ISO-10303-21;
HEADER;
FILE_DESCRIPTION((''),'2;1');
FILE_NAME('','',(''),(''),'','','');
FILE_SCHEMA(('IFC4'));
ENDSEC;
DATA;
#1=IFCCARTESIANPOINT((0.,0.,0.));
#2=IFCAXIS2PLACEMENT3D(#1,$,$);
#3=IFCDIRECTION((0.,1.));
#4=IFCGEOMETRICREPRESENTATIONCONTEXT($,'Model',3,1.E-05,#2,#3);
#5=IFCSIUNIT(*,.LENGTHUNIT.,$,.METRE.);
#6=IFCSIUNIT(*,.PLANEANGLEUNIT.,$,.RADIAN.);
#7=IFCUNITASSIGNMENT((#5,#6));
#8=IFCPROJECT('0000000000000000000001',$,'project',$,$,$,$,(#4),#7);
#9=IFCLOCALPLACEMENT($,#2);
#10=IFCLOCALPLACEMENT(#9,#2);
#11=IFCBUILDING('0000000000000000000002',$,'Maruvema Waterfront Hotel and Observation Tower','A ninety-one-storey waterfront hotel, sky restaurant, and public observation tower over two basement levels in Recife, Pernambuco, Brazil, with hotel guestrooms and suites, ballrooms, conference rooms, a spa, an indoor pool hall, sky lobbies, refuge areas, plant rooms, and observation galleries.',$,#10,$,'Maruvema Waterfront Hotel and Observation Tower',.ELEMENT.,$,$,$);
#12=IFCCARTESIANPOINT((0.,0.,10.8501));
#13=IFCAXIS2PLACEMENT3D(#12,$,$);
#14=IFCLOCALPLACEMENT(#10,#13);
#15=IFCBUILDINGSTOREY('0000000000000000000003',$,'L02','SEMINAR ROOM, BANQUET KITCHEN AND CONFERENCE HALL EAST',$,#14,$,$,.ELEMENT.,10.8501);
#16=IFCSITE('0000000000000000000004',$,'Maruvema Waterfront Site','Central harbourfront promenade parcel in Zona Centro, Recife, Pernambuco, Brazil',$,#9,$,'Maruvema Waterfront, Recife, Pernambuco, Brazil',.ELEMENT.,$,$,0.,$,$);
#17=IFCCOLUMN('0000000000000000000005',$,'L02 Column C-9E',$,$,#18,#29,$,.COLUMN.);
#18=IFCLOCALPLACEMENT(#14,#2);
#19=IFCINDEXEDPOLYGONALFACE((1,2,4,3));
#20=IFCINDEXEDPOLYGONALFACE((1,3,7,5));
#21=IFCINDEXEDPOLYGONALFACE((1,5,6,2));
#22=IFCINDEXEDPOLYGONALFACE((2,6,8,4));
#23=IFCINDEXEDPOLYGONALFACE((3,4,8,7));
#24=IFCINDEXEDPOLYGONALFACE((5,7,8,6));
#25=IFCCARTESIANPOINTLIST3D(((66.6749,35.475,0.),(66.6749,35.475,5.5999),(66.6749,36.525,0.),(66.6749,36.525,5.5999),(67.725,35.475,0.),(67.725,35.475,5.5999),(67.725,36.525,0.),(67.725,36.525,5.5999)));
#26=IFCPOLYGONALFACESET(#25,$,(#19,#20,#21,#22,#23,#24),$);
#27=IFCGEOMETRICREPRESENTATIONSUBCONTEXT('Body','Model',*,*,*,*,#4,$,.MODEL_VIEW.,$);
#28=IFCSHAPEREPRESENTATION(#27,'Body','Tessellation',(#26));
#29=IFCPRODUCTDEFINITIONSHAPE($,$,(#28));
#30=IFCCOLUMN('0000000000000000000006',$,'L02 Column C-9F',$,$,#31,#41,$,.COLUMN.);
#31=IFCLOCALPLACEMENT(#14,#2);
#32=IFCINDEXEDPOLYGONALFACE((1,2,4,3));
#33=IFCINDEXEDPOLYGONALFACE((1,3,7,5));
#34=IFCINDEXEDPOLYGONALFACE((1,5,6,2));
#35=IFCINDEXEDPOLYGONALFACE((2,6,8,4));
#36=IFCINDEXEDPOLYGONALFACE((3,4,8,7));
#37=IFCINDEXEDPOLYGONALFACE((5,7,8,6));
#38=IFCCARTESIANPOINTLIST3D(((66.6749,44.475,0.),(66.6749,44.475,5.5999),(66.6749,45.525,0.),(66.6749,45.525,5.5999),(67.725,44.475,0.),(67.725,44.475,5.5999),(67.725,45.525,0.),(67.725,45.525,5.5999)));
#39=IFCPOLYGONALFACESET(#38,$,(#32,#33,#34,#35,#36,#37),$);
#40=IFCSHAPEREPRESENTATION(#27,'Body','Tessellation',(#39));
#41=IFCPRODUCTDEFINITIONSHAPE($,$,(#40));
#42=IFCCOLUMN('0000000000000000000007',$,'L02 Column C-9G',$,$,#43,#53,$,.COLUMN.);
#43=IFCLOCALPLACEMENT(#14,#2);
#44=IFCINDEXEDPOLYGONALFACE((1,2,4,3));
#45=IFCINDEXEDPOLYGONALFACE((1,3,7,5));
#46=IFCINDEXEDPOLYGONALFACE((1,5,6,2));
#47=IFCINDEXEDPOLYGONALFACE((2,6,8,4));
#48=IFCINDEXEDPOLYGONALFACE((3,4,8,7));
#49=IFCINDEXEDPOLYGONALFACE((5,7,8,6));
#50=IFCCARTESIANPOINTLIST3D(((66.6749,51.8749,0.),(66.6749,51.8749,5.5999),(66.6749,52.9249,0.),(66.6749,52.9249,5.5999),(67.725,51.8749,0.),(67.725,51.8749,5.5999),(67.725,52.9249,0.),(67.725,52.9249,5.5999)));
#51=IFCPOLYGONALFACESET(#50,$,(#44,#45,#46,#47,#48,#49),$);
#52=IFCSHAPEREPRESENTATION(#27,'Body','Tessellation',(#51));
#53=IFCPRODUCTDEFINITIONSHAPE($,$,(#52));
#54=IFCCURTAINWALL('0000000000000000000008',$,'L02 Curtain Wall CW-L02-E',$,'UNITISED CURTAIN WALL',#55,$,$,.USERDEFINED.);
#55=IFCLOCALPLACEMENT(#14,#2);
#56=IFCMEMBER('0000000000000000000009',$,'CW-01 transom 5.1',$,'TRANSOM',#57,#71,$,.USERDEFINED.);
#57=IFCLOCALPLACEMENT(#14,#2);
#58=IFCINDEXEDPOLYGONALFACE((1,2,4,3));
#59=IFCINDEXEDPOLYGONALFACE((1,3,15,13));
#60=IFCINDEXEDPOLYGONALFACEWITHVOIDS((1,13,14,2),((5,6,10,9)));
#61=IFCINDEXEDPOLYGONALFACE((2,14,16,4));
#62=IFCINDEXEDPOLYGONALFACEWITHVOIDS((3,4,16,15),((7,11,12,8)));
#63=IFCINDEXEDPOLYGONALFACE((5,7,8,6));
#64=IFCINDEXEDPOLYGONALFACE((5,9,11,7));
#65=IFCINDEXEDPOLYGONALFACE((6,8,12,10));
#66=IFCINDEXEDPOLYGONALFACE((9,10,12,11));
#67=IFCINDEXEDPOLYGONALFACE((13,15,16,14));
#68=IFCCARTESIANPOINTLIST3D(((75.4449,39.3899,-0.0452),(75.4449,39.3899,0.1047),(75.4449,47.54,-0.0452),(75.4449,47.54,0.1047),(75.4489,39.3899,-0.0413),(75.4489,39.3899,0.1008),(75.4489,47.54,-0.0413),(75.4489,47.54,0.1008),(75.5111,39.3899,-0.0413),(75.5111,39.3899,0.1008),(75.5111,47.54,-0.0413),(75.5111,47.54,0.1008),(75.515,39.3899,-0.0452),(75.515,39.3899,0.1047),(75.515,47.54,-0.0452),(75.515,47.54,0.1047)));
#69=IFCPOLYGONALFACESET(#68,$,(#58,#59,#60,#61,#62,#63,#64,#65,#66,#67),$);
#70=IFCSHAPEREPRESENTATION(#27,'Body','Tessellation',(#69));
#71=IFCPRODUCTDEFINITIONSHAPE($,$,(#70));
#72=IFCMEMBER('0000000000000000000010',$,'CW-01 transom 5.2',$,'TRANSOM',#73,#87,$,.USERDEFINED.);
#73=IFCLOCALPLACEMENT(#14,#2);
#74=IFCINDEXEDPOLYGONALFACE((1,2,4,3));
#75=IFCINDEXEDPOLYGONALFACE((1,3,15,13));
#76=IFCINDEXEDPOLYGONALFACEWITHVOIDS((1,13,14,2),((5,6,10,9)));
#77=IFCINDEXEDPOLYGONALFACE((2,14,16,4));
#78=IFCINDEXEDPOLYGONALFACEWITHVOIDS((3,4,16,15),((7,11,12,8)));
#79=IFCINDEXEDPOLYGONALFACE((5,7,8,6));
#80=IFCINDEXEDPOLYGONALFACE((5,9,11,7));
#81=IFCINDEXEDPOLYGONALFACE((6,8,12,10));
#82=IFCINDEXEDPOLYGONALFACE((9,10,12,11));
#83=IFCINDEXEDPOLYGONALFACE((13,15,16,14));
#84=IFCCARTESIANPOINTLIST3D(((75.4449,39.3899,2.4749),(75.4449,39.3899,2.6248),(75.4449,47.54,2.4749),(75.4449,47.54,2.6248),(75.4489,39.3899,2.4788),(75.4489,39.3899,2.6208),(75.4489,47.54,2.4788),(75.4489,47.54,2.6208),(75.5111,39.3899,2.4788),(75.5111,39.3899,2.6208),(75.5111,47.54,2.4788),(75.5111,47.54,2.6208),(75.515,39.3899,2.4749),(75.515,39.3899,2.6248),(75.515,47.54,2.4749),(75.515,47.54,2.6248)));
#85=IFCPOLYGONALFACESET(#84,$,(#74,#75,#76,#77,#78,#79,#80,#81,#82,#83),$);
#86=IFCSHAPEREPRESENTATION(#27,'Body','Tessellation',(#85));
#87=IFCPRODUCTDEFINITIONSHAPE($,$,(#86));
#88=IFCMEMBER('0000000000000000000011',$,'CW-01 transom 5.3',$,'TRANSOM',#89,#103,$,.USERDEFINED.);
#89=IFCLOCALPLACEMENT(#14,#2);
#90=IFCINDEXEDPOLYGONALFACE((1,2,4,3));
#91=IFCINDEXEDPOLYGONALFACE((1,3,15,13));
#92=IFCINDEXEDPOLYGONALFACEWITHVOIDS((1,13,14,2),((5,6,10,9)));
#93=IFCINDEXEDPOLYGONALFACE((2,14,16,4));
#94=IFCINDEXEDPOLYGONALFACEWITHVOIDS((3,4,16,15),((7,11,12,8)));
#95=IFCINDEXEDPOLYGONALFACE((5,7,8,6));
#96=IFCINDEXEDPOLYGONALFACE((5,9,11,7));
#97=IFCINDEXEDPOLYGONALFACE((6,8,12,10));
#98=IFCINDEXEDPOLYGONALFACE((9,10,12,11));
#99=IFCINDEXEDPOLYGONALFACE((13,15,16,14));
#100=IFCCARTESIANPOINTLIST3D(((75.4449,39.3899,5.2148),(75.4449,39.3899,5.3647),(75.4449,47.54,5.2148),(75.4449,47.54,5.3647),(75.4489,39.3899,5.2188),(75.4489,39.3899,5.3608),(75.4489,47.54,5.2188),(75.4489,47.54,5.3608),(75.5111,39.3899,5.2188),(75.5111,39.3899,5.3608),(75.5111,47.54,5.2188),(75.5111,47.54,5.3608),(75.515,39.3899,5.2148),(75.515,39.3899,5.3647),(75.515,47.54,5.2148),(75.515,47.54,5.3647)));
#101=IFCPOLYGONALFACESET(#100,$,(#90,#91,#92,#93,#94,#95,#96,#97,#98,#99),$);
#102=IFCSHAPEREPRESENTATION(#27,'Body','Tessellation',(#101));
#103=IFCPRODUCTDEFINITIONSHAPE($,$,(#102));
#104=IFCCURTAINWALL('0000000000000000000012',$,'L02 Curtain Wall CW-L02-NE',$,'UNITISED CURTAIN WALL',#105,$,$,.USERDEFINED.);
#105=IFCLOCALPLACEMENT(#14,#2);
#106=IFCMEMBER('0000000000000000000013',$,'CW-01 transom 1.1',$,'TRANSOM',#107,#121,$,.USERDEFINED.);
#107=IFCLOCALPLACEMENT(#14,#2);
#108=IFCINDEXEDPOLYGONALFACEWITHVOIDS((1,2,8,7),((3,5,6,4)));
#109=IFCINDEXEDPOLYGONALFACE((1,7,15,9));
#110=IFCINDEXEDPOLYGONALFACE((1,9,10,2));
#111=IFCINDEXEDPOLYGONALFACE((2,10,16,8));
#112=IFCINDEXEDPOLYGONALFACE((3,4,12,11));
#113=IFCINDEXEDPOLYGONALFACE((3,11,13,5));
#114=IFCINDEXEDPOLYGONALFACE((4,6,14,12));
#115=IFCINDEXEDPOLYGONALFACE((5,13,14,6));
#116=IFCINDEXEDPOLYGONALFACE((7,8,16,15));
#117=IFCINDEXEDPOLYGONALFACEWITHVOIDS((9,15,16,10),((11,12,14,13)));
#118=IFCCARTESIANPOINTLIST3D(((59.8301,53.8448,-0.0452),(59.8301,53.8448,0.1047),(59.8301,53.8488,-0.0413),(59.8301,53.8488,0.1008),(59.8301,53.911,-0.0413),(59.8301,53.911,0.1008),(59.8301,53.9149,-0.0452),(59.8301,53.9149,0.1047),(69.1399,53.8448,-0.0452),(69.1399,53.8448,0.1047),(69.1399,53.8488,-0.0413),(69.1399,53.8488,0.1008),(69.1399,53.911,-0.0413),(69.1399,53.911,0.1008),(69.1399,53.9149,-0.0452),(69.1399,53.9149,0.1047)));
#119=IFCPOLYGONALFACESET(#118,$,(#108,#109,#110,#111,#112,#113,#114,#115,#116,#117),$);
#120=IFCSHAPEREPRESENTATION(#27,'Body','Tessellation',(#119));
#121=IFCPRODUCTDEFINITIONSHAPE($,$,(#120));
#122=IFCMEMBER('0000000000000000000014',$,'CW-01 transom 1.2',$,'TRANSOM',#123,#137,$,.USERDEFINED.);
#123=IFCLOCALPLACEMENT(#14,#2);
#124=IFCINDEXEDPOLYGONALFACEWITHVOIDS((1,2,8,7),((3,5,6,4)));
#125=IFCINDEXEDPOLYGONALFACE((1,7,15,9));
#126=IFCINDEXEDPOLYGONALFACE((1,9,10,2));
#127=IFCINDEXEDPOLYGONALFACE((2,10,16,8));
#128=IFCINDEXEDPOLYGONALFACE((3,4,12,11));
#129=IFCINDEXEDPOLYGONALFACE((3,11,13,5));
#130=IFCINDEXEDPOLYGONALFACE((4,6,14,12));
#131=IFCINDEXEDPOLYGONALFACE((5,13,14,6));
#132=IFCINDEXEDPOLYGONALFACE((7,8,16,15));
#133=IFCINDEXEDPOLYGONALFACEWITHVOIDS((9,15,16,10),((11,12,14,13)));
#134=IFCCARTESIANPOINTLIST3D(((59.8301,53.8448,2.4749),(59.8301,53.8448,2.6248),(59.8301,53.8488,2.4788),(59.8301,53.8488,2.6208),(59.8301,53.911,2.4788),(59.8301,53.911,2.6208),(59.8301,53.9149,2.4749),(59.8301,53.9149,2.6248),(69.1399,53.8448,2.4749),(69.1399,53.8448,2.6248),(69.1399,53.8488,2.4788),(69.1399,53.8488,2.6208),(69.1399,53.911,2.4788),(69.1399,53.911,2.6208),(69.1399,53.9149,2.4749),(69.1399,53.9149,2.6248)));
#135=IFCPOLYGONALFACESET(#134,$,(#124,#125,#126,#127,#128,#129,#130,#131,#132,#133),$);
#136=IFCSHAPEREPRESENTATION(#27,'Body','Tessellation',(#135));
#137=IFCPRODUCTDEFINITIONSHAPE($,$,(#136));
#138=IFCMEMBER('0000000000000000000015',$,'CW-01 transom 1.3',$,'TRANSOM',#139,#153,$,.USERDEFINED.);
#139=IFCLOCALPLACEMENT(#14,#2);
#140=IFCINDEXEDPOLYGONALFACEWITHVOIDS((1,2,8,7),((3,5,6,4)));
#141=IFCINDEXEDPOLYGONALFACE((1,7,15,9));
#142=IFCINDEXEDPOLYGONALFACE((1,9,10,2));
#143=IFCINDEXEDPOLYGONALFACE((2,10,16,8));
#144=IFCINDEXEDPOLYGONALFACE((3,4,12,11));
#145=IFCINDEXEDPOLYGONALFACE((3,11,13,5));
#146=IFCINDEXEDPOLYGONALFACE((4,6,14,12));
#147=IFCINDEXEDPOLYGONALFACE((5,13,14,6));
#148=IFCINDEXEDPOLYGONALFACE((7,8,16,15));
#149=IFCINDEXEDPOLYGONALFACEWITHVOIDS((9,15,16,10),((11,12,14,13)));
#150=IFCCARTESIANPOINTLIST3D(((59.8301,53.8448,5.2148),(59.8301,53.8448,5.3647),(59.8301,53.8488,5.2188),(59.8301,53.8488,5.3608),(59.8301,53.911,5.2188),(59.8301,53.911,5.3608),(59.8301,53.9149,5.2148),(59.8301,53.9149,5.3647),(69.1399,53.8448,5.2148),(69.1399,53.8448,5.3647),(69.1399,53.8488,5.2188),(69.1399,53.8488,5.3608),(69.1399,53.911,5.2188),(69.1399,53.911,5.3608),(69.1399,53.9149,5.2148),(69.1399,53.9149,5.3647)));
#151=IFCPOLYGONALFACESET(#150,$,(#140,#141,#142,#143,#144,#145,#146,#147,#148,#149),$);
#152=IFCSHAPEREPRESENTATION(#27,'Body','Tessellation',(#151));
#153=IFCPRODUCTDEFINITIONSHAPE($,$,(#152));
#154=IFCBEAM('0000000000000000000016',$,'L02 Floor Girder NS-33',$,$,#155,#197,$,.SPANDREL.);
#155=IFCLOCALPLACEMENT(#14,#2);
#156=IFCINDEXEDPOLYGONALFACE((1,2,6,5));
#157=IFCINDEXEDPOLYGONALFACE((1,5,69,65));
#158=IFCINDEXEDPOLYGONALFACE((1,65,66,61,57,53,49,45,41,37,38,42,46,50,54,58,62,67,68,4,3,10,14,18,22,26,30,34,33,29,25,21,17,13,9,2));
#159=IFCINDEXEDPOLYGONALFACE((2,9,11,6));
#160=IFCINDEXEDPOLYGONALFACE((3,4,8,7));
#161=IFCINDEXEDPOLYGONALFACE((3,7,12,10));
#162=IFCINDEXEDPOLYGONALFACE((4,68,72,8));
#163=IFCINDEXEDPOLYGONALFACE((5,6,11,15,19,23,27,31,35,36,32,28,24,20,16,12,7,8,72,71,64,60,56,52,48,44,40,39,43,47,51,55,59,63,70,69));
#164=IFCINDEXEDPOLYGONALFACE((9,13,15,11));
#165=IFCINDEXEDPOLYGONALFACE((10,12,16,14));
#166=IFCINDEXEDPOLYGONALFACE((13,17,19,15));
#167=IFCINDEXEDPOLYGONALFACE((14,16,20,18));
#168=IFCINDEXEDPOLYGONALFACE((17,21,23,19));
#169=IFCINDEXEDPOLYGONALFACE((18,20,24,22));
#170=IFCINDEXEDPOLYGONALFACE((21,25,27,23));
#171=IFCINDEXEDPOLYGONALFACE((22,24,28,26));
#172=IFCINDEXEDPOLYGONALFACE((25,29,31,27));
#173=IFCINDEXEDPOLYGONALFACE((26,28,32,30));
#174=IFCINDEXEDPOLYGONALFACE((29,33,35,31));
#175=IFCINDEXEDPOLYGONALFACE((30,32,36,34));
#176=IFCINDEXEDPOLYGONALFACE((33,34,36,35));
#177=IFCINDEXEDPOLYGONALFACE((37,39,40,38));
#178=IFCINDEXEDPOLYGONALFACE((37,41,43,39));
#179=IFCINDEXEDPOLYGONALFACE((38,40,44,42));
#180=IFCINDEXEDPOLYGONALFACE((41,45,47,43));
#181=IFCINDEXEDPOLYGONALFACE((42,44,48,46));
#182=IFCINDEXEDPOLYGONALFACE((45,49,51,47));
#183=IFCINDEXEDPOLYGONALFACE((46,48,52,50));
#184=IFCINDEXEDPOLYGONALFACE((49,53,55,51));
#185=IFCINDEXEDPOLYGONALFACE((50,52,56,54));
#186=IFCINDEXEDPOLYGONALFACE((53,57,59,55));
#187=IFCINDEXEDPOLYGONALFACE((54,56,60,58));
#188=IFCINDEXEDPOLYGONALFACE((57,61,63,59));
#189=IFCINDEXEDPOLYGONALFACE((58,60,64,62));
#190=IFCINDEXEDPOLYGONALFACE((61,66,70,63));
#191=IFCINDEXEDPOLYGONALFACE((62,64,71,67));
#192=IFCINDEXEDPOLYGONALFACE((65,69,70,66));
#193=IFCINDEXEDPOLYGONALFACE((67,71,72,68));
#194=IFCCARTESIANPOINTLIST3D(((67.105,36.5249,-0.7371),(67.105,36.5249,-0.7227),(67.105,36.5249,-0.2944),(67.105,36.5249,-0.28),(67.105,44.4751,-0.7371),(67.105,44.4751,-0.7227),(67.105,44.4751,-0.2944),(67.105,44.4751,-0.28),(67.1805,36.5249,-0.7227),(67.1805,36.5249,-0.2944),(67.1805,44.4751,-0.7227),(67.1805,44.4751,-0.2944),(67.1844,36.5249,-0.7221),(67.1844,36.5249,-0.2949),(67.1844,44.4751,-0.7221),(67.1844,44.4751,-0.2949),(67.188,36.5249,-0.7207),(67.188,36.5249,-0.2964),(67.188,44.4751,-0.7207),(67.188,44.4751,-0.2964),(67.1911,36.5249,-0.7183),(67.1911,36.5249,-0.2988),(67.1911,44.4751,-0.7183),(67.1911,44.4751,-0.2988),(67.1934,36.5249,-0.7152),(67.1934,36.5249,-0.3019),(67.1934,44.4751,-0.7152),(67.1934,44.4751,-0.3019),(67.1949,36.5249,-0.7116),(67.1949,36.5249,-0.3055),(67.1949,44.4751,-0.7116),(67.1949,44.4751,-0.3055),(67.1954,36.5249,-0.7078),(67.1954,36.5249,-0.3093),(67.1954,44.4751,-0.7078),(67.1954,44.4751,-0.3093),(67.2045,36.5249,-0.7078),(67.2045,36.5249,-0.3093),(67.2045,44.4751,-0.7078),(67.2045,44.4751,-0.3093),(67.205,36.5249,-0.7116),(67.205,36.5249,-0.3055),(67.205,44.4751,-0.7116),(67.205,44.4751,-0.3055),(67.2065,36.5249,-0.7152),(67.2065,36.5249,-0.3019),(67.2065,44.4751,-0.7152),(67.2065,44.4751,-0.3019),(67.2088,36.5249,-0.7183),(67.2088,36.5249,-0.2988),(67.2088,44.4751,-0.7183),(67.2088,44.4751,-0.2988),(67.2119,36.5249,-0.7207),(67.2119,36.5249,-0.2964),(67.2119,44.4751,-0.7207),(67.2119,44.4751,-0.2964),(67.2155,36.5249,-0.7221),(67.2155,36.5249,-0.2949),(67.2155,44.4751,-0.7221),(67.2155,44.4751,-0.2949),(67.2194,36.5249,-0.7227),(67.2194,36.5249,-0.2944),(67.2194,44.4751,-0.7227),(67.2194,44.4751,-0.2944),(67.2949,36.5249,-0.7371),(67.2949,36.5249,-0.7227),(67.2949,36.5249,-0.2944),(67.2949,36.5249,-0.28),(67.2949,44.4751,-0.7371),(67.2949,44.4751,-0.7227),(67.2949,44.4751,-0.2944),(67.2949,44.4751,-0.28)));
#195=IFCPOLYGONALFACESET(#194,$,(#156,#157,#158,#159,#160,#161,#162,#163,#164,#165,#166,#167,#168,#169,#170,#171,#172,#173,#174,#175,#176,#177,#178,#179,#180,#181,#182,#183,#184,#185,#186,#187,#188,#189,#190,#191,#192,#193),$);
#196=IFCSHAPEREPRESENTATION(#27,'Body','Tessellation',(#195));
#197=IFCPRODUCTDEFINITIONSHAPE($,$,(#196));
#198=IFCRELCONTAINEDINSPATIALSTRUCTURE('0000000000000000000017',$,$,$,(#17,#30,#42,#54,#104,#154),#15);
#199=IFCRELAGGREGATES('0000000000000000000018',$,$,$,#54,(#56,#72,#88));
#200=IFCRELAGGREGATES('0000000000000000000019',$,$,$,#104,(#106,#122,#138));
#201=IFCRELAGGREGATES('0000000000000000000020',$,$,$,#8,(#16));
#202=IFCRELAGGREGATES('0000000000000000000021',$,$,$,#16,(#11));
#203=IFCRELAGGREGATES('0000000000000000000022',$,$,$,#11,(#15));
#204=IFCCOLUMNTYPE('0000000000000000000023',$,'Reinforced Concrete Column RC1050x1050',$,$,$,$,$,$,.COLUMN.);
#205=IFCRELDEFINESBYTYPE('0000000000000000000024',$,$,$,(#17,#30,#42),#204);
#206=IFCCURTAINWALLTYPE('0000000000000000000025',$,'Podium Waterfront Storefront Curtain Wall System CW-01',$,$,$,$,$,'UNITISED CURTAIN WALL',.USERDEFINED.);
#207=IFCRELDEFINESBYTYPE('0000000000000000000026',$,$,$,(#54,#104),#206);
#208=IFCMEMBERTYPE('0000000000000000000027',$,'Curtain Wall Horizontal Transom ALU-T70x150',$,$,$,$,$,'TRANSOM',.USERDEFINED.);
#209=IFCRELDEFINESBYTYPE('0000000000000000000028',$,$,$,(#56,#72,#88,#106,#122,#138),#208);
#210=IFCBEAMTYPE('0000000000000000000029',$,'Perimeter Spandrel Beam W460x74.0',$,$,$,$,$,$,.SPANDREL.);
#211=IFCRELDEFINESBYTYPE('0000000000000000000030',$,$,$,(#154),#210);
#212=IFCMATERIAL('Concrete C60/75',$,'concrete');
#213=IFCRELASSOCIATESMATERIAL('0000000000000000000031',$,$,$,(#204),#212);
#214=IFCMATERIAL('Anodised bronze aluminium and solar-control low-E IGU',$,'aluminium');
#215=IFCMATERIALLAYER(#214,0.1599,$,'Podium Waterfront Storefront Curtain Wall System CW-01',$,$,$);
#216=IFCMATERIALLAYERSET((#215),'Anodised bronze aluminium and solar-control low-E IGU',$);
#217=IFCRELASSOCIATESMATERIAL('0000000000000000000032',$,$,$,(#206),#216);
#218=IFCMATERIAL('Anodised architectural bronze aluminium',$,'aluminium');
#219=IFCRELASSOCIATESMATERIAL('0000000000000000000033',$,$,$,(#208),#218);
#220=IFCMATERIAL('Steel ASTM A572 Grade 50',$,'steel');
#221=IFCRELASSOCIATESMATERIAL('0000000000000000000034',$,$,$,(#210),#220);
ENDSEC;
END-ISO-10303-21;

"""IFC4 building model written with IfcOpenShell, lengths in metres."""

from ifc_helpers import new_model, si_unit, direction, frame, origin, origin_2d, place, context, subcontext, project, spatial, rectangle, hollow_rectangle, i_section, extrude, material, layer, layer_set, material_profile, profile_set, type_object, element, aggregate, save


model = new_model("IFC4")

# Units and contexts
model_context = context("Model", 3, precision=1e-05, world=origin(), true_north=direction((0.0, 1.0)))
body_context = subcontext(model_context, "Body", "Model", "MODEL_VIEW")
ifc_project = project(units=[si_unit("LENGTHUNIT", "METRE"), si_unit("PLANEANGLEUNIT", "RADIAN")], contexts=[model_context])

# Site, building, storey
site_placement = place(None, origin())
site = spatial("IfcSite", under=ifc_project, at=site_placement, Name="Maruvema Waterfront Site", Description="Central harbourfront promenade parcel in Zona Centro, Recife, Pernambuco, Brazil", LongName="Maruvema Waterfront, Recife, Pernambuco, Brazil", CompositionType="ELEMENT", RefElevation=0.0)
building_placement = place(site_placement, origin())
building = spatial("IfcBuilding", under=site, at=building_placement, Name="Maruvema Waterfront Hotel and Observation Tower", Description="A ninety-one-storey waterfront hotel, sky restaurant, and public observation tower over two basement levels in Recife, Pernambuco, Brazil, with hotel guestrooms and suites, ballrooms, conference rooms, a spa, an indoor pool hall, sky lobbies, refuge areas, plant rooms, and observation galleries.", LongName="Maruvema Waterfront Hotel and Observation Tower", CompositionType="ELEMENT")
storey_placement = place(building_placement, frame((0.0, 0.0, 10.8501)))
storey = spatial("IfcBuildingStorey", under=building, at=storey_placement, Name="L02", Description="SEMINAR ROOM, BANQUET KITCHEN AND CONFERENCE HALL EAST", CompositionType="ELEMENT", Elevation=10.8501)

# Columns
ifc_material_1 = material(Name="Concrete C60/75", Category="concrete")
ifc_material_profile_1 = material_profile(ifc_material_1, rectangle(XDim=1.05, YDim=1.05, at=origin_2d()), Name="RC1050x1050")
ifc_profile_set_1 = profile_set([ifc_material_profile_1], Name="Concrete C60/75")
column_type = type_object("IfcColumnType", Name="Reinforced Concrete Column RC1050x1050", PredefinedType="COLUMN", material=ifc_profile_set_1)
for number, where, z_axis, x_axis, name in (
    (1, (67.2, 36.0, 0.0), (0.0, 0.0, 1.0), (1.0, 0.0, 0.0), "L02 Column C-9E"),
    (2, (67.2, 45.0, 0.0), (0.0, 0.0, 1.0), (1.0, 0.0, 0.0), "L02 Column C-9F"),
    (3, (67.2, 52.3999, 0.0), (0.0, 0.0, 1.0), (1.0, 0.0, 0.0), "L02 Column C-9G"),
):
    element("IfcColumn", number, at=place(storey_placement, frame(where, z_axis=z_axis, x_axis=x_axis)), inside=storey, type_object=column_type, Name=name, PredefinedType="COLUMN", context=body_context, shape_type="SweptSolid", body=[
        extrude(rectangle(XDim=1.05, YDim=1.05, at=origin_2d()), origin(), (0.0, 0.0, 1.0), 5.5999),
    ])

# Curtain walls, members
ifc_material_2 = material(Name="Anodised bronze aluminium and solar-control low-E IGU", Category="aluminium")
ifc_layer_1 = layer(ifc_material_2, 0.1599, Name="Podium Waterfront Storefront Curtain Wall System CW-01")
ifc_layer_set_1 = layer_set([ifc_layer_1], Name="Anodised bronze aluminium and solar-control low-E IGU")
curtain_wall_type = type_object("IfcCurtainWallType", Name="Podium Waterfront Storefront Curtain Wall System CW-01", ElementType="UNITISED CURTAIN WALL", PredefinedType="USERDEFINED", material=ifc_layer_set_1)
curtain_wall_1_placement = place(storey_placement, origin())
curtain_wall_1 = element("IfcCurtainWall", 4, at=curtain_wall_1_placement, inside=storey, type_object=curtain_wall_type, Name="L02 Curtain Wall CW-L02-E", ObjectType="UNITISED CURTAIN WALL", PredefinedType="USERDEFINED")
ifc_material_3 = material(Name="Anodised architectural bronze aluminium", Category="aluminium")
ifc_material_profile_2 = material_profile(ifc_material_3, hollow_rectangle(XDim=0.0701, YDim=0.1499, WallThickness=0.0039, at=origin_2d()), Name="ALU-T70x150")
ifc_profile_set_2 = profile_set([ifc_material_profile_2], Name="Anodised architectural bronze aluminium")
member_type_1 = type_object("IfcMemberType", Name="Curtain Wall Horizontal Transom ALU-T70x150", ElementType="TRANSOM", PredefinedType="USERDEFINED", material=ifc_profile_set_2)
member_1_placement = place(storey_placement, frame((75.48, 39.3899, 0.0298), z_axis=(0.0, 1.0, 0.0), x_axis=(-1.0, 0.0, 0.0)))
member_1 = element("IfcMember", 5, at=member_1_placement, type_object=member_type_1, Name="CW-01 transom 5.1", ObjectType="TRANSOM", PredefinedType="USERDEFINED", context=body_context, shape_type="SweptSolid", body=[
    extrude(hollow_rectangle(XDim=0.0701, YDim=0.1499, WallThickness=0.0039, at=origin_2d()), origin(), (0.0, 0.0, 1.0), 8.1501),
])
member_2_placement = place(storey_placement, frame((75.48, 39.3899, 2.5498), z_axis=(0.0, 1.0, 0.0), x_axis=(-1.0, 0.0, 0.0)))
member_2 = element("IfcMember", 6, at=member_2_placement, type_object=member_type_1, Name="CW-01 transom 5.2", ObjectType="TRANSOM", PredefinedType="USERDEFINED", context=body_context, shape_type="SweptSolid", body=[
    extrude(hollow_rectangle(XDim=0.0701, YDim=0.1499, WallThickness=0.0039, at=origin_2d()), origin(), (0.0, 0.0, 1.0), 8.1501),
])
member_3_placement = place(storey_placement, frame((75.48, 39.3899, 5.2898), z_axis=(0.0, 1.0, 0.0), x_axis=(-1.0, 0.0, 0.0)))
member_3 = element("IfcMember", 7, at=member_3_placement, type_object=member_type_1, Name="CW-01 transom 5.3", ObjectType="TRANSOM", PredefinedType="USERDEFINED", context=body_context, shape_type="SweptSolid", body=[
    extrude(hollow_rectangle(XDim=0.0701, YDim=0.1499, WallThickness=0.0039, at=origin_2d()), origin(), (0.0, 0.0, 1.0), 8.1501),
])
curtain_wall_2_placement = place(storey_placement, origin())
curtain_wall_2 = element("IfcCurtainWall", 8, at=curtain_wall_2_placement, inside=storey, type_object=curtain_wall_type, Name="L02 Curtain Wall CW-L02-NE", ObjectType="UNITISED CURTAIN WALL", PredefinedType="USERDEFINED")
member_4_placement = place(storey_placement, frame((69.1399, 53.8799, 0.0298), z_axis=(-1.0, 0.0, 0.0), x_axis=(0.0, -1.0, 0.0)))
member_4 = element("IfcMember", 9, at=member_4_placement, type_object=member_type_1, Name="CW-01 transom 1.1", ObjectType="TRANSOM", PredefinedType="USERDEFINED", context=body_context, shape_type="SweptSolid", body=[
    extrude(hollow_rectangle(XDim=0.0701, YDim=0.1499, WallThickness=0.0039, at=origin_2d()), origin(), (0.0, 0.0, 1.0), 9.3098),
])
member_5_placement = place(storey_placement, frame((69.1399, 53.8799, 2.5498), z_axis=(-1.0, 0.0, 0.0), x_axis=(0.0, -1.0, 0.0)))
member_5 = element("IfcMember", 10, at=member_5_placement, type_object=member_type_1, Name="CW-01 transom 1.2", ObjectType="TRANSOM", PredefinedType="USERDEFINED", context=body_context, shape_type="SweptSolid", body=[
    extrude(hollow_rectangle(XDim=0.0701, YDim=0.1499, WallThickness=0.0039, at=origin_2d()), origin(), (0.0, 0.0, 1.0), 9.3098),
])
member_6_placement = place(storey_placement, frame((69.1399, 53.8799, 5.2898), z_axis=(-1.0, 0.0, 0.0), x_axis=(0.0, -1.0, 0.0)))
member_6 = element("IfcMember", 11, at=member_6_placement, type_object=member_type_1, Name="CW-01 transom 1.3", ObjectType="TRANSOM", PredefinedType="USERDEFINED", context=body_context, shape_type="SweptSolid", body=[
    extrude(hollow_rectangle(XDim=0.0701, YDim=0.1499, WallThickness=0.0039, at=origin_2d()), origin(), (0.0, 0.0, 1.0), 9.3098),
])

# Beam
ifc_material_4 = material(Name="Steel ASTM A572 Grade 50", Category="steel")
ifc_material_profile_3 = material_profile(ifc_material_4, i_section(OverallWidth=0.1899, OverallDepth=0.457, WebThickness=0.009, FlangeThickness=0.0144, FilletRadius=0.0149, at=origin_2d()), Name="W460x74.0")
ifc_profile_set_3 = profile_set([ifc_material_profile_3], Name="Steel ASTM A572 Grade 50")
beam_type_1 = type_object("IfcBeamType", Name="Perimeter Spandrel Beam W460x74.0", PredefinedType="SPANDREL", material=ifc_profile_set_3)
beam_1_placement = place(storey_placement, frame((67.2, 36.5249, -0.5085), z_axis=(0.0, 1.0, 0.0), x_axis=(-1.0, 0.0, 0.0)))
element("IfcBeam", 12, at=beam_1_placement, inside=storey, type_object=beam_type_1, Name="L02 Floor Girder NS-33", PredefinedType="SPANDREL", context=body_context, shape_type="SweptSolid", body=[
    extrude(i_section(OverallWidth=0.1899, OverallDepth=0.457, WebThickness=0.009, FlangeThickness=0.0144, FilletRadius=0.0149, at=origin_2d()), origin(), (0.0, 0.0, 1.0), 7.9502),
])

aggregate(curtain_wall_1, [member_1, member_2, member_3])
aggregate(curtain_wall_2, [member_4, member_5, member_6])

save(model, "model.ifc")
